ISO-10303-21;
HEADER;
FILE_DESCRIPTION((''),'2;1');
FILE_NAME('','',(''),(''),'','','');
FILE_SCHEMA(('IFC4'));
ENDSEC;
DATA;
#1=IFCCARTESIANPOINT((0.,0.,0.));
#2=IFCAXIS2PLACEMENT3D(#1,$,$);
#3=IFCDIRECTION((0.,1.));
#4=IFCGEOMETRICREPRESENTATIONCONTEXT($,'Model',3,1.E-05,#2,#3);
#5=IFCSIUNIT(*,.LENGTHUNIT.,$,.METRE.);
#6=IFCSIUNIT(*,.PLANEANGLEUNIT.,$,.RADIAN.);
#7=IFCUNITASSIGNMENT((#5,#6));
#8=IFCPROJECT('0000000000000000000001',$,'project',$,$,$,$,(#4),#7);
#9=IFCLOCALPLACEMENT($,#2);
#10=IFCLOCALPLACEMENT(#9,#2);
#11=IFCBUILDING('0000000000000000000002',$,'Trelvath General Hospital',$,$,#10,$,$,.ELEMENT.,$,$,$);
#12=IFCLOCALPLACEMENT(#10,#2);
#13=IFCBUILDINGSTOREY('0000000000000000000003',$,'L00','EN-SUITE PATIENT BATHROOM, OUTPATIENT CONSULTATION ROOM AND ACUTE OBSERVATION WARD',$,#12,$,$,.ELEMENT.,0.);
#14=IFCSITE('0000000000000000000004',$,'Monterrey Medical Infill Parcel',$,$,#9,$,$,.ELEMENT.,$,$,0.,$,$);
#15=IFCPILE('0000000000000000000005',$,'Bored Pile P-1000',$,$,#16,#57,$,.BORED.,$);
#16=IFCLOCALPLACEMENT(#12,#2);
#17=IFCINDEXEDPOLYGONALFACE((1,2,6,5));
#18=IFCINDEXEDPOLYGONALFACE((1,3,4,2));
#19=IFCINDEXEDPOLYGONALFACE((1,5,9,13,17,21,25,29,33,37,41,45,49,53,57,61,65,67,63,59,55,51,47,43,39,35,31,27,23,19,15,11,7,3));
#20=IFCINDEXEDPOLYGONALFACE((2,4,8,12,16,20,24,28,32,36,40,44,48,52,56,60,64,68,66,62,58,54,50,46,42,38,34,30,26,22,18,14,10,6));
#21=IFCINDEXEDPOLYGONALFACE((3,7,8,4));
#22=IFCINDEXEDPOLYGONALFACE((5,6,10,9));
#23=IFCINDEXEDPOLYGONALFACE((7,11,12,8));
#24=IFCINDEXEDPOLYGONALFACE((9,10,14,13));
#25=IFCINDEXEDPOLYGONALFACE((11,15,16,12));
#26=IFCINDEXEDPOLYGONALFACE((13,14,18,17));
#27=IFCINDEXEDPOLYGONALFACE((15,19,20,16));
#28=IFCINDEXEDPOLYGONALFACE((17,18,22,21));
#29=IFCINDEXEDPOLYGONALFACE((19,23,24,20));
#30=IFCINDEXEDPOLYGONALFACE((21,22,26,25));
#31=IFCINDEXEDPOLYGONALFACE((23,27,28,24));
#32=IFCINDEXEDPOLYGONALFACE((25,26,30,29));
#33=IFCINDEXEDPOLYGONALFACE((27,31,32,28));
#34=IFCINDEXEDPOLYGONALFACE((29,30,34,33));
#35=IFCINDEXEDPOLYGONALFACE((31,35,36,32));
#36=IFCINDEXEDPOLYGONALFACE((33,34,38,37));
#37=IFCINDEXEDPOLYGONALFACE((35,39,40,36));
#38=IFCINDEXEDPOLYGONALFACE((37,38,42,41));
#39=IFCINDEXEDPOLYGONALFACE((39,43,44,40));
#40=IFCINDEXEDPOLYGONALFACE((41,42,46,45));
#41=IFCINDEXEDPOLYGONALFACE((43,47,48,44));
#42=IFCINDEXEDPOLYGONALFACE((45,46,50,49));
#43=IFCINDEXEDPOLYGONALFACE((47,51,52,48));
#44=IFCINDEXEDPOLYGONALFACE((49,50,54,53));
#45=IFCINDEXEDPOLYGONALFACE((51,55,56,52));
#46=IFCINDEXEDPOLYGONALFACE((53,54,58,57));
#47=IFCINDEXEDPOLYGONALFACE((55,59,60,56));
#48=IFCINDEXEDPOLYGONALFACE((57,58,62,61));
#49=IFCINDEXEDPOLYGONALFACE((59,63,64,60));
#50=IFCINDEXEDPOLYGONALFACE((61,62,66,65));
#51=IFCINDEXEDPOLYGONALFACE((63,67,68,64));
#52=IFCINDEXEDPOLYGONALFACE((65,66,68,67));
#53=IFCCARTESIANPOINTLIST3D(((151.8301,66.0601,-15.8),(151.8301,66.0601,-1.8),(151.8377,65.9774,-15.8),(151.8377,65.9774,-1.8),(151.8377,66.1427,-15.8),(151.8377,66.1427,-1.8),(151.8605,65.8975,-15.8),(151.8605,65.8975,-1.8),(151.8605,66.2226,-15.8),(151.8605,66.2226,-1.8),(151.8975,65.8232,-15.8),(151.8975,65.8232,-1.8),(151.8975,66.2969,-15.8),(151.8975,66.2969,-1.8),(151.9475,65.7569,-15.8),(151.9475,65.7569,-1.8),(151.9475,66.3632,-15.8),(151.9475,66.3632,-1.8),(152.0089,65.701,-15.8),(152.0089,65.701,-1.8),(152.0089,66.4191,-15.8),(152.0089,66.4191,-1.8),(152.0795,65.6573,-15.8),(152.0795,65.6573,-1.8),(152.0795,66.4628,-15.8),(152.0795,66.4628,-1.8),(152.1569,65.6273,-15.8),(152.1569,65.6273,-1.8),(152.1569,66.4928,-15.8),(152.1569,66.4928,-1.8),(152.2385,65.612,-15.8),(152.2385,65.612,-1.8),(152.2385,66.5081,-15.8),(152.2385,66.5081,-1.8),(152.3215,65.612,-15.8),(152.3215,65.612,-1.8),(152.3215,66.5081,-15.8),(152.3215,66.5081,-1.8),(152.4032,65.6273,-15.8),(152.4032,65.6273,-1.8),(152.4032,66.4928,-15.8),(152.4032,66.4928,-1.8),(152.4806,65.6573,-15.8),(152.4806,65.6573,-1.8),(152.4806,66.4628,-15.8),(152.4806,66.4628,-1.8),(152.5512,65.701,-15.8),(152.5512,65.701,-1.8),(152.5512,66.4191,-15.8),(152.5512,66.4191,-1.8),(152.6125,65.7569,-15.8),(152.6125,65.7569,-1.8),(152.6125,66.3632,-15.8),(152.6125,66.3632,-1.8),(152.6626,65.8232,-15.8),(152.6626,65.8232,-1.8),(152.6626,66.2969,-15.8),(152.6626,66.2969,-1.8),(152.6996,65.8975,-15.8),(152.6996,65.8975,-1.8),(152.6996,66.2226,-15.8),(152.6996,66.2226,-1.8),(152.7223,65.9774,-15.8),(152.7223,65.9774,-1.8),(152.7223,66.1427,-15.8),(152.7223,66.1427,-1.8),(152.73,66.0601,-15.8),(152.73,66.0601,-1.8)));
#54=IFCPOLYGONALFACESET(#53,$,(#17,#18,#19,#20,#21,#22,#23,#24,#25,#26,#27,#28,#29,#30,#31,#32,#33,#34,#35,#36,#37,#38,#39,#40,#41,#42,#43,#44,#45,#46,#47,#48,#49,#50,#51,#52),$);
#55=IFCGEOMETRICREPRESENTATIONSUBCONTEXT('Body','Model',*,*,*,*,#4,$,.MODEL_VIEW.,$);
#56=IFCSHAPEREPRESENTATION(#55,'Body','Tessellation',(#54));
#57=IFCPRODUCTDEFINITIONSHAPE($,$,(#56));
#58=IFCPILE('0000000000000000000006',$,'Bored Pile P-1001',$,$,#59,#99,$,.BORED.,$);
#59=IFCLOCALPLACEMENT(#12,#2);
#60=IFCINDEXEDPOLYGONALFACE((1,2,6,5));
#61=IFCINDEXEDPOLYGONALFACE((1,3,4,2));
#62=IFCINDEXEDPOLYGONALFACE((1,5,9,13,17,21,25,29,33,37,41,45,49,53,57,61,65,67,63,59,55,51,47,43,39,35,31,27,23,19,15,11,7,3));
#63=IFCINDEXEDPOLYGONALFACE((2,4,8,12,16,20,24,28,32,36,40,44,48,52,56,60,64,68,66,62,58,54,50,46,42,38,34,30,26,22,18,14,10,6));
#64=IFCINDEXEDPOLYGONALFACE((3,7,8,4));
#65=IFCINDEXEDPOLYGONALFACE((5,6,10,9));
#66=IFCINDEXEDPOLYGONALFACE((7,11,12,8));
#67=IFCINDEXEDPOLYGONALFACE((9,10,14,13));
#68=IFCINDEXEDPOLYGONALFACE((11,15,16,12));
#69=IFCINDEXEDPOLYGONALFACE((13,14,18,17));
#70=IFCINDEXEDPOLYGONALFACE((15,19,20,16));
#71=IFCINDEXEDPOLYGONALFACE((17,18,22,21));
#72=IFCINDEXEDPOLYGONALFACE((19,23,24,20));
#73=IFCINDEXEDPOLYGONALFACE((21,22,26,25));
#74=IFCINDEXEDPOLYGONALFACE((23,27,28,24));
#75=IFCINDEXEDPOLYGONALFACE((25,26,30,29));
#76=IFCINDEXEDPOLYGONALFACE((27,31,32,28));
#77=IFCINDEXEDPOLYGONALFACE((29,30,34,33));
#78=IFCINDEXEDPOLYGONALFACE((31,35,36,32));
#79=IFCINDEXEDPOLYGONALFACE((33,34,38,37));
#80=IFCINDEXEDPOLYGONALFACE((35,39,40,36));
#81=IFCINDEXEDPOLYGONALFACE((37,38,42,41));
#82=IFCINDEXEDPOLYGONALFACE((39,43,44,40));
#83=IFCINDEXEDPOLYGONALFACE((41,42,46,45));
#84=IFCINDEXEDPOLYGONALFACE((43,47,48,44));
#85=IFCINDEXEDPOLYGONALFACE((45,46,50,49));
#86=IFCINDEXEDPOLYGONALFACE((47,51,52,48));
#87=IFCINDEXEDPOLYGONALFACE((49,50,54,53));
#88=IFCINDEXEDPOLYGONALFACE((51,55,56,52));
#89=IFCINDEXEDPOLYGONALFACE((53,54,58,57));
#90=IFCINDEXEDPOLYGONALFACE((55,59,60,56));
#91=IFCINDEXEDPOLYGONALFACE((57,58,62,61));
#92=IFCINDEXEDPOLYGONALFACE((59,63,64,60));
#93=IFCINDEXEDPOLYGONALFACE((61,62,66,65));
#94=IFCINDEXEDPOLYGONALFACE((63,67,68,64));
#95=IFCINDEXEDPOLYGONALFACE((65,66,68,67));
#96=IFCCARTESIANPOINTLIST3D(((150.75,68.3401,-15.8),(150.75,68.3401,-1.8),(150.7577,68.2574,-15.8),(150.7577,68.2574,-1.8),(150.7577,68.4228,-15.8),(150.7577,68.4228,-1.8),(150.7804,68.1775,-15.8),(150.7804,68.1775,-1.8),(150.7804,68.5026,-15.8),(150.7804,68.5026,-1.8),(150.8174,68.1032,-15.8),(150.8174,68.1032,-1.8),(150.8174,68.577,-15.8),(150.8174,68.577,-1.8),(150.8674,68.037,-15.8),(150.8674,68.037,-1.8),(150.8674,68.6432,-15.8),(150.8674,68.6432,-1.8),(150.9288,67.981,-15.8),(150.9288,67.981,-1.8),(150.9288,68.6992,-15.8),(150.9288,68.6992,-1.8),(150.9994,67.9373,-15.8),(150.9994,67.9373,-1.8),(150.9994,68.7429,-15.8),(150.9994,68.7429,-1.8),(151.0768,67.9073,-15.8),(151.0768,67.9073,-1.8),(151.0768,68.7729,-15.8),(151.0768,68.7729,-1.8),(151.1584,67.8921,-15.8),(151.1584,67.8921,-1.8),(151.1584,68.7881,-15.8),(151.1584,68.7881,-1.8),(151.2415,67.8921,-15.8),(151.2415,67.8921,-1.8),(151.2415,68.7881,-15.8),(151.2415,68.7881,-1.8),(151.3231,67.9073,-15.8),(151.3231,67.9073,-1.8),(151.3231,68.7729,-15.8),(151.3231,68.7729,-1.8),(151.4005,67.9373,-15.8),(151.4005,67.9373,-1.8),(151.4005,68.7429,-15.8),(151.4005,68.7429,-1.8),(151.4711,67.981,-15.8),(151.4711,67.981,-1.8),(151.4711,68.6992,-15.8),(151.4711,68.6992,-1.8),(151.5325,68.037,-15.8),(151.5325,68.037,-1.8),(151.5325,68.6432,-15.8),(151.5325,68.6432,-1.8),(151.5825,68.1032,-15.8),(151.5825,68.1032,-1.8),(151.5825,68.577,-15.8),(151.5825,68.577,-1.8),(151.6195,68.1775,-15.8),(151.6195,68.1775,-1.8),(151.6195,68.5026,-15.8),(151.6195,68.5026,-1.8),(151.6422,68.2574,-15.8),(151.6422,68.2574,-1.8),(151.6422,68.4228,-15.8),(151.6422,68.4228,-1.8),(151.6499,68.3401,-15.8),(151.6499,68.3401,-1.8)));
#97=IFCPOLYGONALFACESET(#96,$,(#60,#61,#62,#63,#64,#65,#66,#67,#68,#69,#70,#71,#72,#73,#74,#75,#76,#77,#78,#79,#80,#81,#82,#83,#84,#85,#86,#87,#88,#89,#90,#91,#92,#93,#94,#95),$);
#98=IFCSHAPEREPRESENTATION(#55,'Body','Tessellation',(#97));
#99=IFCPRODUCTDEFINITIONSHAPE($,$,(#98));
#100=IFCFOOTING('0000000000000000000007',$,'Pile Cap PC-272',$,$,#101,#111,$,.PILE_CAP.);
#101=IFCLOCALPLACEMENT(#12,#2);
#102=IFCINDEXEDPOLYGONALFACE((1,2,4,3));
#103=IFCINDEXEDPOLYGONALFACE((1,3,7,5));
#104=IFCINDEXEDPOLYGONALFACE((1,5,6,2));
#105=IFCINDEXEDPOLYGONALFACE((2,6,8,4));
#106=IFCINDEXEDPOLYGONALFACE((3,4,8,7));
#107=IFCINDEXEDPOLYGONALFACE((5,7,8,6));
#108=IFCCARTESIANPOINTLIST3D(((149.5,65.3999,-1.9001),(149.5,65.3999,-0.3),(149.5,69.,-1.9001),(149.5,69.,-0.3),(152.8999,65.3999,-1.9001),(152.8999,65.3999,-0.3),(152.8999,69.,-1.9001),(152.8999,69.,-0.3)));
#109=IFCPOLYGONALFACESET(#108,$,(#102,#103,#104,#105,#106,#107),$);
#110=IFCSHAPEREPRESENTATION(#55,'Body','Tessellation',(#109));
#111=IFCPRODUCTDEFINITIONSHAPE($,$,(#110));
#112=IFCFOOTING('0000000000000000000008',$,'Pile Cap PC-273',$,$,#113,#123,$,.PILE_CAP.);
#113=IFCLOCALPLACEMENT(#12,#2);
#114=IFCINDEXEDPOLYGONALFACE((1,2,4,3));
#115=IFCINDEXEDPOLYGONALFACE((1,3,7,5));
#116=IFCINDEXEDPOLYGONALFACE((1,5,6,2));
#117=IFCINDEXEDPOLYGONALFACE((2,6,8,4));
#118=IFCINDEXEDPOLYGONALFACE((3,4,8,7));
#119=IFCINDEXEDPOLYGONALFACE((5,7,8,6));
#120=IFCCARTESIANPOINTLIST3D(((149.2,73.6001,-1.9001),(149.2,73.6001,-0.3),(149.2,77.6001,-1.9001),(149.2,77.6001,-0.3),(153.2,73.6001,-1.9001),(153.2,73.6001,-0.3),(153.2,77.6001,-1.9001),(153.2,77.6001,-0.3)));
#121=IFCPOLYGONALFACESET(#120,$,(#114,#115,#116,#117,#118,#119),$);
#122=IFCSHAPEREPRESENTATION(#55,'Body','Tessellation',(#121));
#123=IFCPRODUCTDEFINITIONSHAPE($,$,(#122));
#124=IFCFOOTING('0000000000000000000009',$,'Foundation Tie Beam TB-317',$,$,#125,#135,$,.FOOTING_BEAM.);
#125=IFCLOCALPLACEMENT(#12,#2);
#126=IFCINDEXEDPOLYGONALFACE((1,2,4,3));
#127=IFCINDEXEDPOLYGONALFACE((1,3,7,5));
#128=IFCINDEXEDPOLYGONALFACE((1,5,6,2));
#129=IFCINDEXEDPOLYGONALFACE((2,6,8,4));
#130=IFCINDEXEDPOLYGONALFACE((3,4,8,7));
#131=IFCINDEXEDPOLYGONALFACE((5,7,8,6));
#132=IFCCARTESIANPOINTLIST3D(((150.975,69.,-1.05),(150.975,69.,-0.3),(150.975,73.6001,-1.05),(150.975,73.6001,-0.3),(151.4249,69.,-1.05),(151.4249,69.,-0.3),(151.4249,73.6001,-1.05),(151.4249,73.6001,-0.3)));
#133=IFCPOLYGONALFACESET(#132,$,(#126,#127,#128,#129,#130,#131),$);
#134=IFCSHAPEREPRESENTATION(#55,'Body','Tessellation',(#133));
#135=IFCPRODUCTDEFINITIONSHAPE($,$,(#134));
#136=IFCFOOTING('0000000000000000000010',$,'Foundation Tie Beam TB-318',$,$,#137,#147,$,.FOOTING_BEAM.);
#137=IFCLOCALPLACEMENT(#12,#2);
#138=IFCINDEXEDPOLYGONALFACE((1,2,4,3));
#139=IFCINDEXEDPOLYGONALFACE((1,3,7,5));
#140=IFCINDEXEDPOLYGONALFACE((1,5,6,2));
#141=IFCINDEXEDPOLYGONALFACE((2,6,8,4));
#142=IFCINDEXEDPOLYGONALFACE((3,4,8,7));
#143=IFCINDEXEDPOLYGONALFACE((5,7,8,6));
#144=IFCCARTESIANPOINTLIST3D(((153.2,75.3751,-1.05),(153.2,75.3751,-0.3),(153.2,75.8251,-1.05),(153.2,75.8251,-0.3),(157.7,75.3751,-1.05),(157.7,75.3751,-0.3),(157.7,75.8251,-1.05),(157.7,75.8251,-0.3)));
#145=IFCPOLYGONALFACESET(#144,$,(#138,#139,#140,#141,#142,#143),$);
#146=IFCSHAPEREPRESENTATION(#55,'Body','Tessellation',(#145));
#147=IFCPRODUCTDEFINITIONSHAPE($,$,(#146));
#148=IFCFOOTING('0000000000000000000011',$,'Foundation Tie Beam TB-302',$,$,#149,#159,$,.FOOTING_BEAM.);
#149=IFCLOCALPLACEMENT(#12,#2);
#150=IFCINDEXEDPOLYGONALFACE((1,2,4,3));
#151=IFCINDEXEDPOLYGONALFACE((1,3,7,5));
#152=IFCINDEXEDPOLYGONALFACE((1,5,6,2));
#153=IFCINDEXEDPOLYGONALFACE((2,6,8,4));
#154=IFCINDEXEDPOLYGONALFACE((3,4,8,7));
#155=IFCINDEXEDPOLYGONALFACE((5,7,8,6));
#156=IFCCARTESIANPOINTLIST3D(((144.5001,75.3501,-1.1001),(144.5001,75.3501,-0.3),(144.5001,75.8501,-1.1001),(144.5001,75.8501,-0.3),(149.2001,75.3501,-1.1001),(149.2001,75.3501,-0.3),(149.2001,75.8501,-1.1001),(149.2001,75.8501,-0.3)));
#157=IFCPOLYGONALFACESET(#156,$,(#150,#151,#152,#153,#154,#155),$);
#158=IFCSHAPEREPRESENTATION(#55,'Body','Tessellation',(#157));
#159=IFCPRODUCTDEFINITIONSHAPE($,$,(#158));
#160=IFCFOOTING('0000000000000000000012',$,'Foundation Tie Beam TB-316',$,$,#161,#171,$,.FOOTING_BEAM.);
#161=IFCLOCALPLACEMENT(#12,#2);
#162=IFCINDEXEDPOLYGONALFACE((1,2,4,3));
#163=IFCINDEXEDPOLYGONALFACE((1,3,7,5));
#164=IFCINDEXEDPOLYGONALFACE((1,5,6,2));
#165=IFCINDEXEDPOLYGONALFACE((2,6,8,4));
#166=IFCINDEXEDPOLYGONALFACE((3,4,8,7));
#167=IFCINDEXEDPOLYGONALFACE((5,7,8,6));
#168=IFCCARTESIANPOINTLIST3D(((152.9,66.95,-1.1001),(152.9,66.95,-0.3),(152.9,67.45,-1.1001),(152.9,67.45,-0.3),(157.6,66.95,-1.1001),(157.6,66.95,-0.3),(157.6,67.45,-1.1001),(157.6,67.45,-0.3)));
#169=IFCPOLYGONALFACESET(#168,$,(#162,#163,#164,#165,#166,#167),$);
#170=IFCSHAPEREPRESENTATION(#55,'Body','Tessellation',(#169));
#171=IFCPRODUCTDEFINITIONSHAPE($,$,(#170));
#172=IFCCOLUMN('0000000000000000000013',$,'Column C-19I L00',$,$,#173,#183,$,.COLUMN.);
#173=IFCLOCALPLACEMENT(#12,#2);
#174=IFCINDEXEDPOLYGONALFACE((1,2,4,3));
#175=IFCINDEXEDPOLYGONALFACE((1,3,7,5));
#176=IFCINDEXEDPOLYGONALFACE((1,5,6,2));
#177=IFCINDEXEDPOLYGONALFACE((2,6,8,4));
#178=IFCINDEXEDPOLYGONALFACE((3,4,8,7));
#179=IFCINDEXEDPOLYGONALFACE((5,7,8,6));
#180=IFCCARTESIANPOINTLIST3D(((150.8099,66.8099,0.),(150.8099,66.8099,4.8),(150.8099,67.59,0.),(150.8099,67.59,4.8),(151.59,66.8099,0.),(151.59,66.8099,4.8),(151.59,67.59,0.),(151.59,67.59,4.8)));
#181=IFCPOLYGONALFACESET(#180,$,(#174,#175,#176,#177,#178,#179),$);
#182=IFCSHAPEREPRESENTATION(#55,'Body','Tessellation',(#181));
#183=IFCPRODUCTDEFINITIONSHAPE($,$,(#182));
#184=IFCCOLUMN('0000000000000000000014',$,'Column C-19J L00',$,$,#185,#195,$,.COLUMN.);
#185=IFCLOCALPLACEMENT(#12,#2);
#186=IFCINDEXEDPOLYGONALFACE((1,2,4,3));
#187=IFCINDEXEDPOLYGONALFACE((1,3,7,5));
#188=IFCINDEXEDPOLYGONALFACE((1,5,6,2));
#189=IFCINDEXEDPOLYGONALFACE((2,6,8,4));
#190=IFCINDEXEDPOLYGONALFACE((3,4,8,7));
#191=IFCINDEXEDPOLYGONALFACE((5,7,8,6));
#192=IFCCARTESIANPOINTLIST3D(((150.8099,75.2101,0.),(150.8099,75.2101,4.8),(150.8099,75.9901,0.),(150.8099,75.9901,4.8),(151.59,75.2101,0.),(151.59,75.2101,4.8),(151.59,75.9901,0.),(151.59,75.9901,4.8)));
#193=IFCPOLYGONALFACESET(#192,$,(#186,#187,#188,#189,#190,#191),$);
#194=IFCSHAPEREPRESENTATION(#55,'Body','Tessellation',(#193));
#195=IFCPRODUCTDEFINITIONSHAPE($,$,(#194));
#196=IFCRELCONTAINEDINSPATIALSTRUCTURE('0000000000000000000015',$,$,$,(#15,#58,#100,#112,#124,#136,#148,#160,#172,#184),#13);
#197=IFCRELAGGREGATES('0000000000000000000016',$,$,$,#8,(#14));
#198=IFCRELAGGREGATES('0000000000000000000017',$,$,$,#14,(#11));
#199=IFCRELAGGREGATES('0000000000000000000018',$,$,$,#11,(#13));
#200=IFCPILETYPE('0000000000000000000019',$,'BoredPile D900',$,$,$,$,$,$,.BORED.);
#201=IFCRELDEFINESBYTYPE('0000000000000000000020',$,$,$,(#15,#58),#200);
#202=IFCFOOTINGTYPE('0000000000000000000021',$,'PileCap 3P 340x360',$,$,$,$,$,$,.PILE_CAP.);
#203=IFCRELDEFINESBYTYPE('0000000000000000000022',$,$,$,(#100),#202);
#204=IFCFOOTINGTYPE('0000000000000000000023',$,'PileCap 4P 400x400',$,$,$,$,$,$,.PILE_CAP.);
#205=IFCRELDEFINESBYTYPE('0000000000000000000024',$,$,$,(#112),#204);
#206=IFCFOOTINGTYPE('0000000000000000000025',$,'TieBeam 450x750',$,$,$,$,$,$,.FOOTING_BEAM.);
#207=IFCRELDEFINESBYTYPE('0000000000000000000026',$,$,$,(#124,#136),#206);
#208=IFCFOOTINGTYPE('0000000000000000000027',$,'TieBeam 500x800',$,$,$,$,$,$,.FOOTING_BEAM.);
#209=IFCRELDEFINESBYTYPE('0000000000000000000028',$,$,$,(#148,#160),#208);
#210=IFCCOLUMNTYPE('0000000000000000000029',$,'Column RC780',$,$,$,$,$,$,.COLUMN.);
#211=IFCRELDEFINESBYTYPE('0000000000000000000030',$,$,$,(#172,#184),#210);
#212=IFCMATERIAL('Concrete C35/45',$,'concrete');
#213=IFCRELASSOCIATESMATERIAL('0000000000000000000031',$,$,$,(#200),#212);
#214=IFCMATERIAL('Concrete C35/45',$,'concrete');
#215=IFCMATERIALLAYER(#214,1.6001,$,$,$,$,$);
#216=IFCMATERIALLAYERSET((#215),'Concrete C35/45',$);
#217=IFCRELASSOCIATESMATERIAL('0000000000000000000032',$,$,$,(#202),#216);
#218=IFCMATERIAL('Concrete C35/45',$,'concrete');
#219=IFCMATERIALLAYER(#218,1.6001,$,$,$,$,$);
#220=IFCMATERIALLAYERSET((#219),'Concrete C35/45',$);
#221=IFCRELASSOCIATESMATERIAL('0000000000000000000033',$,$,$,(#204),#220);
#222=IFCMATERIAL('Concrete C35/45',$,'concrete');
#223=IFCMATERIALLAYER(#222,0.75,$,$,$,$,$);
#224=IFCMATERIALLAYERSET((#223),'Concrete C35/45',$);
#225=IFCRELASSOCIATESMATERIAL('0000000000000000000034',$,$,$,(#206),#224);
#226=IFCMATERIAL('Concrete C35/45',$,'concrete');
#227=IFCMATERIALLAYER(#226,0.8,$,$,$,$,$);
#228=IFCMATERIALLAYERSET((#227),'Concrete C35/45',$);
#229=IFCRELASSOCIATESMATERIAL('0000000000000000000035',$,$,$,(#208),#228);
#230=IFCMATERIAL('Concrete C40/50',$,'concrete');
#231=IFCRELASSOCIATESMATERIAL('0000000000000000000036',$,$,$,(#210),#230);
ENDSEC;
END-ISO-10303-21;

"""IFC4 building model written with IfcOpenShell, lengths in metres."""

from ifc_helpers import new_model, si_unit, direction, frame, origin, origin_2d, place, context, subcontext, project, spatial, rectangle, circle, extrude, material, layer, layer_set, material_profile, profile_set, type_object, element, save


model = new_model("IFC4")

# Units and contexts
model_context = context("Model", 3, precision=1e-05, world=origin(), true_north=direction((0.0, 1.0)))
body_context = subcontext(model_context, "Body", "Model", "MODEL_VIEW")
ifc_project = project(units=[si_unit("LENGTHUNIT", "METRE"), si_unit("PLANEANGLEUNIT", "RADIAN")], contexts=[model_context])

# Site, building, storey
site_placement = place(None, origin())
site = spatial("IfcSite", under=ifc_project, at=site_placement, Name="Monterrey Medical Infill Parcel", CompositionType="ELEMENT", RefElevation=0.0)
building_placement = place(site_placement, origin())
building = spatial("IfcBuilding", under=site, at=building_placement, Name="Trelvath General Hospital", CompositionType="ELEMENT")
storey_placement = place(building_placement, origin())
storey = spatial("IfcBuildingStorey", under=building, at=storey_placement, Name="L00", Description="EN-SUITE PATIENT BATHROOM, OUTPATIENT CONSULTATION ROOM AND ACUTE OBSERVATION WARD", CompositionType="ELEMENT", Elevation=0.0)

# Piles
ifc_material_1 = material(Name="Concrete C35/45", Category="concrete")
ifc_material_profile_1 = material_profile(ifc_material_1, circle(Radius=0.45, at=origin_2d()), Name="PILE900")
ifc_profile_set_1 = profile_set([ifc_material_profile_1], Name="Concrete C35/45")
pile_type_1 = type_object("IfcPileType", Name="BoredPile D900", PredefinedType="BORED", material=ifc_profile_set_1)
for number, where, z_axis, x_axis, name in (
    (1, (152.28, 66.0601, -1.8), (0.0, 0.0, -1.0), (1.0, 0.0, 0.0), "Bored Pile P-1000"),
    (2, (151.2, 68.3401, -1.8), (0.0, 0.0, -1.0), (1.0, 0.0, 0.0), "Bored Pile P-1001"),
):
    element("IfcPile", number, at=place(storey_placement, frame(where, z_axis=z_axis, x_axis=x_axis)), inside=storey, type_object=pile_type_1, Name=name, PredefinedType="BORED", context=body_context, shape_type="SweptSolid", body=[
        extrude(circle(Radius=0.45, at=origin_2d()), origin(), (0.0, 0.0, 1.0), 14.0),
    ])

# Footings
ifc_material_2 = material(Name="Concrete C35/45", Category="concrete")
ifc_layer_1 = layer(ifc_material_2, 1.6001)
ifc_layer_set_1 = layer_set([ifc_layer_1], Name="Concrete C35/45")
footing_type_1 = type_object("IfcFootingType", Name="PileCap 3P 340x360", PredefinedType="PILE_CAP", material=ifc_layer_set_1)
footing_1_placement = place(storey_placement, frame((151.2, 67.2, -1.9001), z_axis=(0.0, 0.0, 1.0), x_axis=(1.0, 0.0, 0.0)))
element("IfcFooting", 3, at=footing_1_placement, inside=storey, type_object=footing_type_1, Name="Pile Cap PC-272", PredefinedType="PILE_CAP", context=body_context, shape_type="SweptSolid", body=[
    extrude(rectangle(XDim=3.3999, YDim=3.6001, at=origin_2d()), origin(), (0.0, 0.0, 1.0), 1.6001),
])
ifc_material_3 = material(Name="Concrete C35/45", Category="concrete")
ifc_layer_2 = layer(ifc_material_3, 1.6001)
ifc_layer_set_2 = layer_set([ifc_layer_2], Name="Concrete C35/45")
footing_type_2 = type_object("IfcFootingType", Name="PileCap 4P 400x400", PredefinedType="PILE_CAP", material=ifc_layer_set_2)
footing_2_placement = place(storey_placement, frame((151.2, 75.6001, -1.9001), z_axis=(0.0, 0.0, 1.0), x_axis=(1.0, 0.0, 0.0)))
element("IfcFooting", 4, at=footing_2_placement, inside=storey, type_object=footing_type_2, Name="Pile Cap PC-273", PredefinedType="PILE_CAP", context=body_context, shape_type="SweptSolid", body=[
    extrude(rectangle(XDim=4.0, YDim=4.0, at=origin_2d()), origin(), (0.0, 0.0, 1.0), 1.6001),
])
ifc_material_4 = material(Name="Concrete C35/45", Category="concrete")
ifc_layer_3 = layer(ifc_material_4, 0.75)
ifc_layer_set_3 = layer_set([ifc_layer_3], Name="Concrete C35/45")
footing_type_3 = type_object("IfcFootingType", Name="TieBeam 450x750", PredefinedType="FOOTING_BEAM", material=ifc_layer_set_3)
footing_3_placement = place(storey_placement, frame((151.2, 71.3, -1.05), z_axis=(0.0, 0.0, 1.0), x_axis=(1.0, 0.0, 0.0)))
element("IfcFooting", 5, at=footing_3_placement, inside=storey, type_object=footing_type_3, Name="Foundation Tie Beam TB-317", PredefinedType="FOOTING_BEAM", context=body_context, shape_type="SweptSolid", body=[
    extrude(rectangle(XDim=0.45, YDim=4.6001, at=origin_2d()), origin(), (0.0, 0.0, 1.0), 0.75),
])
footing_4_placement = place(storey_placement, frame((155.45, 75.6001, -1.05), z_axis=(0.0, 0.0, 1.0), x_axis=(1.0, 0.0, 0.0)))
element("IfcFooting", 6, at=footing_4_placement, inside=storey, type_object=footing_type_3, Name="Foundation Tie Beam TB-318", PredefinedType="FOOTING_BEAM", context=body_context, shape_type="SweptSolid", body=[
    extrude(rectangle(XDim=4.5, YDim=0.45, at=origin_2d()), origin(), (0.0, 0.0, 1.0), 0.75),
])
ifc_material_5 = material(Name="Concrete C35/45", Category="concrete")
ifc_layer_4 = layer(ifc_material_5, 0.8)
ifc_layer_set_4 = layer_set([ifc_layer_4], Name="Concrete C35/45")
footing_type_4 = type_object("IfcFootingType", Name="TieBeam 500x800", PredefinedType="FOOTING_BEAM", material=ifc_layer_set_4)
for number, where, z_axis, x_axis, name in (
    (7, (146.8501, 75.6001, -1.1001), (0.0, 0.0, 1.0), (1.0, 0.0, 0.0), "Foundation Tie Beam TB-302"),
    (8, (155.25, 67.2, -1.1001), (0.0, 0.0, 1.0), (1.0, 0.0, 0.0), "Foundation Tie Beam TB-316"),
):
    element("IfcFooting", number, at=place(storey_placement, frame(where, z_axis=z_axis, x_axis=x_axis)), inside=storey, type_object=footing_type_4, Name=name, PredefinedType="FOOTING_BEAM", context=body_context, shape_type="SweptSolid", body=[
        extrude(rectangle(XDim=4.7, YDim=0.5, at=origin_2d()), origin(), (0.0, 0.0, 1.0), 0.8),
    ])

# Columns
ifc_material_6 = material(Name="Concrete C40/50", Category="concrete")
ifc_material_profile_2 = material_profile(ifc_material_6, rectangle(XDim=0.78, YDim=0.78, at=origin_2d()), Name="RC780x780")
ifc_profile_set_2 = profile_set([ifc_material_profile_2], Name="Concrete C40/50")
column_type = type_object("IfcColumnType", Name="Column RC780", PredefinedType="COLUMN", material=ifc_profile_set_2)
for number, where, z_axis, x_axis, name in (
    (9, (151.2, 67.2, 0.0), (0.0, 0.0, 1.0), (1.0, 0.0, 0.0), "Column C-19I L00"),
    (10, (151.2, 75.6001, 0.0), (0.0, 0.0, 1.0), (1.0, 0.0, 0.0), "Column C-19J L00"),
):
    element("IfcColumn", number, at=place(storey_placement, frame(where, z_axis=z_axis, x_axis=x_axis)), inside=storey, type_object=column_type, Name=name, PredefinedType="COLUMN", context=body_context, shape_type="SweptSolid", body=[
        extrude(rectangle(XDim=0.78, YDim=0.78, at=origin_2d()), origin(), (0.0, 0.0, 1.0), 4.8),
    ])

save(model, "model.ifc")
